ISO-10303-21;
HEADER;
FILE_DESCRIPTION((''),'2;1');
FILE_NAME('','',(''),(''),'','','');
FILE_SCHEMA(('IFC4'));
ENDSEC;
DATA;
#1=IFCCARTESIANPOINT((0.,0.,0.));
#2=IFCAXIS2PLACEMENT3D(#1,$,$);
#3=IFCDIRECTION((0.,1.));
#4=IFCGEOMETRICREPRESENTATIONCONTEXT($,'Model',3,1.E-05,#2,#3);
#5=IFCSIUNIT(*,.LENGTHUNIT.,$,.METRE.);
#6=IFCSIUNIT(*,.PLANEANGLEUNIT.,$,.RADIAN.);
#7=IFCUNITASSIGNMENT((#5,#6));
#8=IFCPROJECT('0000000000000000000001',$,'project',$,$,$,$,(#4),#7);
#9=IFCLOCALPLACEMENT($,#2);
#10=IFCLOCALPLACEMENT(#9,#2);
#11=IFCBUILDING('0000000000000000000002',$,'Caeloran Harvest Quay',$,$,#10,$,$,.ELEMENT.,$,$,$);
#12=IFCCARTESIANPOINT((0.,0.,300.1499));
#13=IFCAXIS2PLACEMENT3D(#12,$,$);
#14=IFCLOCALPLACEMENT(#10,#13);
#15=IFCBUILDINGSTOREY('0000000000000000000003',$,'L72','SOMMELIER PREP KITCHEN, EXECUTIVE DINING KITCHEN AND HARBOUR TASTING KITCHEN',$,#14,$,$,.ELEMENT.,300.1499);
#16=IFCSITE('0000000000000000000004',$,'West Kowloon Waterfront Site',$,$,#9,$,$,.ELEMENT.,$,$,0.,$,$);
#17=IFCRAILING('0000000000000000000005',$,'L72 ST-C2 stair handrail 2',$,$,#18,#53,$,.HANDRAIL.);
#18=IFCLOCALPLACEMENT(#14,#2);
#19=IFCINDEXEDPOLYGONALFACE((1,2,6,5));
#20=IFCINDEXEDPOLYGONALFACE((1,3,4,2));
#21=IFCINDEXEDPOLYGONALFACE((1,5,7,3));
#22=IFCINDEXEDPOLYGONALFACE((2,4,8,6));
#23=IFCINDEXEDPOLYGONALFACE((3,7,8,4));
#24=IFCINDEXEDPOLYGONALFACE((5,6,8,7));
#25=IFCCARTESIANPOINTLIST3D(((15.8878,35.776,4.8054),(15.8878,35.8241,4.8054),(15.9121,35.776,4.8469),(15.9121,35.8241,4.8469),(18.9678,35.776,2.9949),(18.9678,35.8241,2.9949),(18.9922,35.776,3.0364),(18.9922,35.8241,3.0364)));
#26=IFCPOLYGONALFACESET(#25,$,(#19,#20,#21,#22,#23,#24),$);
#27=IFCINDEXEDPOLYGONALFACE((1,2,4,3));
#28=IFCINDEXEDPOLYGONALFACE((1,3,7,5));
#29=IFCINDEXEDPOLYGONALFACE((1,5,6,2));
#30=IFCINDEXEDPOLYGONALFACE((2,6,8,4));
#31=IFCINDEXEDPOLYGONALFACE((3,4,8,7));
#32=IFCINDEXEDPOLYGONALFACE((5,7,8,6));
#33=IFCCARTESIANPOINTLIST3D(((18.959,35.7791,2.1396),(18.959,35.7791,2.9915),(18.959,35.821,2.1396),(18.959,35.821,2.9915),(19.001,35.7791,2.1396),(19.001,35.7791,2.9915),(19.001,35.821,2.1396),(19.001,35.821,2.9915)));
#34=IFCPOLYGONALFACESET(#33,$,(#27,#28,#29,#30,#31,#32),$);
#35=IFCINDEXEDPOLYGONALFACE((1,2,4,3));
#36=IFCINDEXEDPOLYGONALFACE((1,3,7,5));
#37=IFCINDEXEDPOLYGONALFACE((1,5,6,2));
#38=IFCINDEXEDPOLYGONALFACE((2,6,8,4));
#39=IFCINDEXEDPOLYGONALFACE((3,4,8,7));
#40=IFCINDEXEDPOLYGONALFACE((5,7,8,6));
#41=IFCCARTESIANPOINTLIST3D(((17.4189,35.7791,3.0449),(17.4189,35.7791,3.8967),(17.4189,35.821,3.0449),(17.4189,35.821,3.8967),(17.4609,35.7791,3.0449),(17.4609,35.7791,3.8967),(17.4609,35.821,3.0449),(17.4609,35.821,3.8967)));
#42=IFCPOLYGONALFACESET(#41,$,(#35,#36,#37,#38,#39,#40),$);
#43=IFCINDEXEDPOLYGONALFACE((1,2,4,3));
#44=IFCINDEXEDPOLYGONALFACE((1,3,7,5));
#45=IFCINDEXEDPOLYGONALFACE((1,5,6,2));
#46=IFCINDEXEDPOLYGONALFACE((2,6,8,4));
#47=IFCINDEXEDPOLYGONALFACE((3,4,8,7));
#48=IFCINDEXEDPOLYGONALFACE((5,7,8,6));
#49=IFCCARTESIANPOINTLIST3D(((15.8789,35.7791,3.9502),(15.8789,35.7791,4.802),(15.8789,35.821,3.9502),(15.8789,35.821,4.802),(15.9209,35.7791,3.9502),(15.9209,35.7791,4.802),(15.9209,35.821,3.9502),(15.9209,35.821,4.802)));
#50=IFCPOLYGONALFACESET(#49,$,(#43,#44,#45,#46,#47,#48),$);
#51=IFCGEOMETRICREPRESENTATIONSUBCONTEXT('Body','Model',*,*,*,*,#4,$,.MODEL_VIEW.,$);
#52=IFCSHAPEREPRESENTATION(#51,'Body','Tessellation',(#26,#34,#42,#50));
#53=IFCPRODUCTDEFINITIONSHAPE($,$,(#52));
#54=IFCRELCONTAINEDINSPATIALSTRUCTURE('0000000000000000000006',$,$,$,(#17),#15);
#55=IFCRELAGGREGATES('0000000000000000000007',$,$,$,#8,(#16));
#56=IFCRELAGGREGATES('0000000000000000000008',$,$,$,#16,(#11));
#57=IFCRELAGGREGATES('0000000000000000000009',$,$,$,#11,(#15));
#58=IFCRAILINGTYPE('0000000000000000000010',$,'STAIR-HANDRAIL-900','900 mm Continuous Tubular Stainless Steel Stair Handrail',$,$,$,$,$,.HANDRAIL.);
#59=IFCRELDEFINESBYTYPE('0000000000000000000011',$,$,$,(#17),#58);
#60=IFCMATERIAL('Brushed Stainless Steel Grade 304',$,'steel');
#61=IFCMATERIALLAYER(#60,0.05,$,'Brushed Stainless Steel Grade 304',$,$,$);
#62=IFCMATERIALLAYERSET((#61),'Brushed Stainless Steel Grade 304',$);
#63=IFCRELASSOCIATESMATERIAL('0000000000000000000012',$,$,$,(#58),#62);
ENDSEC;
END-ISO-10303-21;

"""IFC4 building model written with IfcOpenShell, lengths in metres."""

from ifc_helpers import new_model, si_unit, direction, frame, origin, origin_2d, place, context, subcontext, project, spatial, rectangle, extrude, material, layer, layer_set, type_object, element, save


model = new_model("IFC4")

# Units and contexts
model_context = context("Model", 3, precision=1e-05, world=origin(), true_north=direction((0.0, 1.0)))
body_context = subcontext(model_context, "Body", "Model", "MODEL_VIEW")
ifc_project = project(units=[si_unit("LENGTHUNIT", "METRE"), si_unit("PLANEANGLEUNIT", "RADIAN")], contexts=[model_context])

# Site, building, storey
site_placement = place(None, origin())
site = spatial("IfcSite", under=ifc_project, at=site_placement, Name="West Kowloon Waterfront Site", CompositionType="ELEMENT", RefElevation=0.0)
building_placement = place(site_placement, origin())
building = spatial("IfcBuilding", under=site, at=building_placement, Name="Caeloran Harvest Quay", CompositionType="ELEMENT")
storey_placement = place(building_placement, frame((0.0, 0.0, 300.1499)))
storey = spatial("IfcBuildingStorey", under=building, at=storey_placement, Name="L72", Description="SOMMELIER PREP KITCHEN, EXECUTIVE DINING KITCHEN AND HARBOUR TASTING KITCHEN", CompositionType="ELEMENT", Elevation=300.1499)

# Railing
ifc_material_1 = material(Name="Brushed Stainless Steel Grade 304", Category="steel")
ifc_layer_1 = layer(ifc_material_1, 0.05, Name="Brushed Stainless Steel Grade 304")
ifc_layer_set_1 = layer_set([ifc_layer_1], Name="Brushed Stainless Steel Grade 304")
railing_type_1 = type_object("IfcRailingType", Name="STAIR-HANDRAIL-900", Description="900 mm Continuous Tubular Stainless Steel Stair Handrail", PredefinedType="HANDRAIL", material=ifc_layer_set_1)
for number, where, name in (
    (1, (18.98, 35.8, 2.1396), "L72 ST-C2 stair handrail 2"),
):
    element("IfcRailing", number, at=place(storey_placement, frame(where)), inside=storey, type_object=railing_type_1, Name=name, PredefinedType="HANDRAIL", context=body_context, shape_type="SweptSolid", body=[
        extrude(rectangle(XDim=0.0481, YDim=0.0481, at=origin_2d()), frame((0.0, 0.0, 0.876), z_axis=(-0.862089, 0.0, 0.506757), x_axis=(0.0, -1.0, 0.0)), (0.0, 0.0, 1.0), 3.5728),
        extrude(rectangle(XDim=0.042, YDim=0.042, at=origin_2d()), origin(), (0.0, 0.0, 1.0), 0.8518),
        extrude(rectangle(XDim=0.042, YDim=0.042, at=origin_2d()), frame((-1.54, 0.0, 0.9053)), (0.0, 0.0, 1.0), 0.8518),
        extrude(rectangle(XDim=0.042, YDim=0.042, at=origin_2d()), frame((-3.0801, 0.0, 1.8105)), (0.0, 0.0, 1.0), 0.8518),
    ])

save(model, "model.ifc")
